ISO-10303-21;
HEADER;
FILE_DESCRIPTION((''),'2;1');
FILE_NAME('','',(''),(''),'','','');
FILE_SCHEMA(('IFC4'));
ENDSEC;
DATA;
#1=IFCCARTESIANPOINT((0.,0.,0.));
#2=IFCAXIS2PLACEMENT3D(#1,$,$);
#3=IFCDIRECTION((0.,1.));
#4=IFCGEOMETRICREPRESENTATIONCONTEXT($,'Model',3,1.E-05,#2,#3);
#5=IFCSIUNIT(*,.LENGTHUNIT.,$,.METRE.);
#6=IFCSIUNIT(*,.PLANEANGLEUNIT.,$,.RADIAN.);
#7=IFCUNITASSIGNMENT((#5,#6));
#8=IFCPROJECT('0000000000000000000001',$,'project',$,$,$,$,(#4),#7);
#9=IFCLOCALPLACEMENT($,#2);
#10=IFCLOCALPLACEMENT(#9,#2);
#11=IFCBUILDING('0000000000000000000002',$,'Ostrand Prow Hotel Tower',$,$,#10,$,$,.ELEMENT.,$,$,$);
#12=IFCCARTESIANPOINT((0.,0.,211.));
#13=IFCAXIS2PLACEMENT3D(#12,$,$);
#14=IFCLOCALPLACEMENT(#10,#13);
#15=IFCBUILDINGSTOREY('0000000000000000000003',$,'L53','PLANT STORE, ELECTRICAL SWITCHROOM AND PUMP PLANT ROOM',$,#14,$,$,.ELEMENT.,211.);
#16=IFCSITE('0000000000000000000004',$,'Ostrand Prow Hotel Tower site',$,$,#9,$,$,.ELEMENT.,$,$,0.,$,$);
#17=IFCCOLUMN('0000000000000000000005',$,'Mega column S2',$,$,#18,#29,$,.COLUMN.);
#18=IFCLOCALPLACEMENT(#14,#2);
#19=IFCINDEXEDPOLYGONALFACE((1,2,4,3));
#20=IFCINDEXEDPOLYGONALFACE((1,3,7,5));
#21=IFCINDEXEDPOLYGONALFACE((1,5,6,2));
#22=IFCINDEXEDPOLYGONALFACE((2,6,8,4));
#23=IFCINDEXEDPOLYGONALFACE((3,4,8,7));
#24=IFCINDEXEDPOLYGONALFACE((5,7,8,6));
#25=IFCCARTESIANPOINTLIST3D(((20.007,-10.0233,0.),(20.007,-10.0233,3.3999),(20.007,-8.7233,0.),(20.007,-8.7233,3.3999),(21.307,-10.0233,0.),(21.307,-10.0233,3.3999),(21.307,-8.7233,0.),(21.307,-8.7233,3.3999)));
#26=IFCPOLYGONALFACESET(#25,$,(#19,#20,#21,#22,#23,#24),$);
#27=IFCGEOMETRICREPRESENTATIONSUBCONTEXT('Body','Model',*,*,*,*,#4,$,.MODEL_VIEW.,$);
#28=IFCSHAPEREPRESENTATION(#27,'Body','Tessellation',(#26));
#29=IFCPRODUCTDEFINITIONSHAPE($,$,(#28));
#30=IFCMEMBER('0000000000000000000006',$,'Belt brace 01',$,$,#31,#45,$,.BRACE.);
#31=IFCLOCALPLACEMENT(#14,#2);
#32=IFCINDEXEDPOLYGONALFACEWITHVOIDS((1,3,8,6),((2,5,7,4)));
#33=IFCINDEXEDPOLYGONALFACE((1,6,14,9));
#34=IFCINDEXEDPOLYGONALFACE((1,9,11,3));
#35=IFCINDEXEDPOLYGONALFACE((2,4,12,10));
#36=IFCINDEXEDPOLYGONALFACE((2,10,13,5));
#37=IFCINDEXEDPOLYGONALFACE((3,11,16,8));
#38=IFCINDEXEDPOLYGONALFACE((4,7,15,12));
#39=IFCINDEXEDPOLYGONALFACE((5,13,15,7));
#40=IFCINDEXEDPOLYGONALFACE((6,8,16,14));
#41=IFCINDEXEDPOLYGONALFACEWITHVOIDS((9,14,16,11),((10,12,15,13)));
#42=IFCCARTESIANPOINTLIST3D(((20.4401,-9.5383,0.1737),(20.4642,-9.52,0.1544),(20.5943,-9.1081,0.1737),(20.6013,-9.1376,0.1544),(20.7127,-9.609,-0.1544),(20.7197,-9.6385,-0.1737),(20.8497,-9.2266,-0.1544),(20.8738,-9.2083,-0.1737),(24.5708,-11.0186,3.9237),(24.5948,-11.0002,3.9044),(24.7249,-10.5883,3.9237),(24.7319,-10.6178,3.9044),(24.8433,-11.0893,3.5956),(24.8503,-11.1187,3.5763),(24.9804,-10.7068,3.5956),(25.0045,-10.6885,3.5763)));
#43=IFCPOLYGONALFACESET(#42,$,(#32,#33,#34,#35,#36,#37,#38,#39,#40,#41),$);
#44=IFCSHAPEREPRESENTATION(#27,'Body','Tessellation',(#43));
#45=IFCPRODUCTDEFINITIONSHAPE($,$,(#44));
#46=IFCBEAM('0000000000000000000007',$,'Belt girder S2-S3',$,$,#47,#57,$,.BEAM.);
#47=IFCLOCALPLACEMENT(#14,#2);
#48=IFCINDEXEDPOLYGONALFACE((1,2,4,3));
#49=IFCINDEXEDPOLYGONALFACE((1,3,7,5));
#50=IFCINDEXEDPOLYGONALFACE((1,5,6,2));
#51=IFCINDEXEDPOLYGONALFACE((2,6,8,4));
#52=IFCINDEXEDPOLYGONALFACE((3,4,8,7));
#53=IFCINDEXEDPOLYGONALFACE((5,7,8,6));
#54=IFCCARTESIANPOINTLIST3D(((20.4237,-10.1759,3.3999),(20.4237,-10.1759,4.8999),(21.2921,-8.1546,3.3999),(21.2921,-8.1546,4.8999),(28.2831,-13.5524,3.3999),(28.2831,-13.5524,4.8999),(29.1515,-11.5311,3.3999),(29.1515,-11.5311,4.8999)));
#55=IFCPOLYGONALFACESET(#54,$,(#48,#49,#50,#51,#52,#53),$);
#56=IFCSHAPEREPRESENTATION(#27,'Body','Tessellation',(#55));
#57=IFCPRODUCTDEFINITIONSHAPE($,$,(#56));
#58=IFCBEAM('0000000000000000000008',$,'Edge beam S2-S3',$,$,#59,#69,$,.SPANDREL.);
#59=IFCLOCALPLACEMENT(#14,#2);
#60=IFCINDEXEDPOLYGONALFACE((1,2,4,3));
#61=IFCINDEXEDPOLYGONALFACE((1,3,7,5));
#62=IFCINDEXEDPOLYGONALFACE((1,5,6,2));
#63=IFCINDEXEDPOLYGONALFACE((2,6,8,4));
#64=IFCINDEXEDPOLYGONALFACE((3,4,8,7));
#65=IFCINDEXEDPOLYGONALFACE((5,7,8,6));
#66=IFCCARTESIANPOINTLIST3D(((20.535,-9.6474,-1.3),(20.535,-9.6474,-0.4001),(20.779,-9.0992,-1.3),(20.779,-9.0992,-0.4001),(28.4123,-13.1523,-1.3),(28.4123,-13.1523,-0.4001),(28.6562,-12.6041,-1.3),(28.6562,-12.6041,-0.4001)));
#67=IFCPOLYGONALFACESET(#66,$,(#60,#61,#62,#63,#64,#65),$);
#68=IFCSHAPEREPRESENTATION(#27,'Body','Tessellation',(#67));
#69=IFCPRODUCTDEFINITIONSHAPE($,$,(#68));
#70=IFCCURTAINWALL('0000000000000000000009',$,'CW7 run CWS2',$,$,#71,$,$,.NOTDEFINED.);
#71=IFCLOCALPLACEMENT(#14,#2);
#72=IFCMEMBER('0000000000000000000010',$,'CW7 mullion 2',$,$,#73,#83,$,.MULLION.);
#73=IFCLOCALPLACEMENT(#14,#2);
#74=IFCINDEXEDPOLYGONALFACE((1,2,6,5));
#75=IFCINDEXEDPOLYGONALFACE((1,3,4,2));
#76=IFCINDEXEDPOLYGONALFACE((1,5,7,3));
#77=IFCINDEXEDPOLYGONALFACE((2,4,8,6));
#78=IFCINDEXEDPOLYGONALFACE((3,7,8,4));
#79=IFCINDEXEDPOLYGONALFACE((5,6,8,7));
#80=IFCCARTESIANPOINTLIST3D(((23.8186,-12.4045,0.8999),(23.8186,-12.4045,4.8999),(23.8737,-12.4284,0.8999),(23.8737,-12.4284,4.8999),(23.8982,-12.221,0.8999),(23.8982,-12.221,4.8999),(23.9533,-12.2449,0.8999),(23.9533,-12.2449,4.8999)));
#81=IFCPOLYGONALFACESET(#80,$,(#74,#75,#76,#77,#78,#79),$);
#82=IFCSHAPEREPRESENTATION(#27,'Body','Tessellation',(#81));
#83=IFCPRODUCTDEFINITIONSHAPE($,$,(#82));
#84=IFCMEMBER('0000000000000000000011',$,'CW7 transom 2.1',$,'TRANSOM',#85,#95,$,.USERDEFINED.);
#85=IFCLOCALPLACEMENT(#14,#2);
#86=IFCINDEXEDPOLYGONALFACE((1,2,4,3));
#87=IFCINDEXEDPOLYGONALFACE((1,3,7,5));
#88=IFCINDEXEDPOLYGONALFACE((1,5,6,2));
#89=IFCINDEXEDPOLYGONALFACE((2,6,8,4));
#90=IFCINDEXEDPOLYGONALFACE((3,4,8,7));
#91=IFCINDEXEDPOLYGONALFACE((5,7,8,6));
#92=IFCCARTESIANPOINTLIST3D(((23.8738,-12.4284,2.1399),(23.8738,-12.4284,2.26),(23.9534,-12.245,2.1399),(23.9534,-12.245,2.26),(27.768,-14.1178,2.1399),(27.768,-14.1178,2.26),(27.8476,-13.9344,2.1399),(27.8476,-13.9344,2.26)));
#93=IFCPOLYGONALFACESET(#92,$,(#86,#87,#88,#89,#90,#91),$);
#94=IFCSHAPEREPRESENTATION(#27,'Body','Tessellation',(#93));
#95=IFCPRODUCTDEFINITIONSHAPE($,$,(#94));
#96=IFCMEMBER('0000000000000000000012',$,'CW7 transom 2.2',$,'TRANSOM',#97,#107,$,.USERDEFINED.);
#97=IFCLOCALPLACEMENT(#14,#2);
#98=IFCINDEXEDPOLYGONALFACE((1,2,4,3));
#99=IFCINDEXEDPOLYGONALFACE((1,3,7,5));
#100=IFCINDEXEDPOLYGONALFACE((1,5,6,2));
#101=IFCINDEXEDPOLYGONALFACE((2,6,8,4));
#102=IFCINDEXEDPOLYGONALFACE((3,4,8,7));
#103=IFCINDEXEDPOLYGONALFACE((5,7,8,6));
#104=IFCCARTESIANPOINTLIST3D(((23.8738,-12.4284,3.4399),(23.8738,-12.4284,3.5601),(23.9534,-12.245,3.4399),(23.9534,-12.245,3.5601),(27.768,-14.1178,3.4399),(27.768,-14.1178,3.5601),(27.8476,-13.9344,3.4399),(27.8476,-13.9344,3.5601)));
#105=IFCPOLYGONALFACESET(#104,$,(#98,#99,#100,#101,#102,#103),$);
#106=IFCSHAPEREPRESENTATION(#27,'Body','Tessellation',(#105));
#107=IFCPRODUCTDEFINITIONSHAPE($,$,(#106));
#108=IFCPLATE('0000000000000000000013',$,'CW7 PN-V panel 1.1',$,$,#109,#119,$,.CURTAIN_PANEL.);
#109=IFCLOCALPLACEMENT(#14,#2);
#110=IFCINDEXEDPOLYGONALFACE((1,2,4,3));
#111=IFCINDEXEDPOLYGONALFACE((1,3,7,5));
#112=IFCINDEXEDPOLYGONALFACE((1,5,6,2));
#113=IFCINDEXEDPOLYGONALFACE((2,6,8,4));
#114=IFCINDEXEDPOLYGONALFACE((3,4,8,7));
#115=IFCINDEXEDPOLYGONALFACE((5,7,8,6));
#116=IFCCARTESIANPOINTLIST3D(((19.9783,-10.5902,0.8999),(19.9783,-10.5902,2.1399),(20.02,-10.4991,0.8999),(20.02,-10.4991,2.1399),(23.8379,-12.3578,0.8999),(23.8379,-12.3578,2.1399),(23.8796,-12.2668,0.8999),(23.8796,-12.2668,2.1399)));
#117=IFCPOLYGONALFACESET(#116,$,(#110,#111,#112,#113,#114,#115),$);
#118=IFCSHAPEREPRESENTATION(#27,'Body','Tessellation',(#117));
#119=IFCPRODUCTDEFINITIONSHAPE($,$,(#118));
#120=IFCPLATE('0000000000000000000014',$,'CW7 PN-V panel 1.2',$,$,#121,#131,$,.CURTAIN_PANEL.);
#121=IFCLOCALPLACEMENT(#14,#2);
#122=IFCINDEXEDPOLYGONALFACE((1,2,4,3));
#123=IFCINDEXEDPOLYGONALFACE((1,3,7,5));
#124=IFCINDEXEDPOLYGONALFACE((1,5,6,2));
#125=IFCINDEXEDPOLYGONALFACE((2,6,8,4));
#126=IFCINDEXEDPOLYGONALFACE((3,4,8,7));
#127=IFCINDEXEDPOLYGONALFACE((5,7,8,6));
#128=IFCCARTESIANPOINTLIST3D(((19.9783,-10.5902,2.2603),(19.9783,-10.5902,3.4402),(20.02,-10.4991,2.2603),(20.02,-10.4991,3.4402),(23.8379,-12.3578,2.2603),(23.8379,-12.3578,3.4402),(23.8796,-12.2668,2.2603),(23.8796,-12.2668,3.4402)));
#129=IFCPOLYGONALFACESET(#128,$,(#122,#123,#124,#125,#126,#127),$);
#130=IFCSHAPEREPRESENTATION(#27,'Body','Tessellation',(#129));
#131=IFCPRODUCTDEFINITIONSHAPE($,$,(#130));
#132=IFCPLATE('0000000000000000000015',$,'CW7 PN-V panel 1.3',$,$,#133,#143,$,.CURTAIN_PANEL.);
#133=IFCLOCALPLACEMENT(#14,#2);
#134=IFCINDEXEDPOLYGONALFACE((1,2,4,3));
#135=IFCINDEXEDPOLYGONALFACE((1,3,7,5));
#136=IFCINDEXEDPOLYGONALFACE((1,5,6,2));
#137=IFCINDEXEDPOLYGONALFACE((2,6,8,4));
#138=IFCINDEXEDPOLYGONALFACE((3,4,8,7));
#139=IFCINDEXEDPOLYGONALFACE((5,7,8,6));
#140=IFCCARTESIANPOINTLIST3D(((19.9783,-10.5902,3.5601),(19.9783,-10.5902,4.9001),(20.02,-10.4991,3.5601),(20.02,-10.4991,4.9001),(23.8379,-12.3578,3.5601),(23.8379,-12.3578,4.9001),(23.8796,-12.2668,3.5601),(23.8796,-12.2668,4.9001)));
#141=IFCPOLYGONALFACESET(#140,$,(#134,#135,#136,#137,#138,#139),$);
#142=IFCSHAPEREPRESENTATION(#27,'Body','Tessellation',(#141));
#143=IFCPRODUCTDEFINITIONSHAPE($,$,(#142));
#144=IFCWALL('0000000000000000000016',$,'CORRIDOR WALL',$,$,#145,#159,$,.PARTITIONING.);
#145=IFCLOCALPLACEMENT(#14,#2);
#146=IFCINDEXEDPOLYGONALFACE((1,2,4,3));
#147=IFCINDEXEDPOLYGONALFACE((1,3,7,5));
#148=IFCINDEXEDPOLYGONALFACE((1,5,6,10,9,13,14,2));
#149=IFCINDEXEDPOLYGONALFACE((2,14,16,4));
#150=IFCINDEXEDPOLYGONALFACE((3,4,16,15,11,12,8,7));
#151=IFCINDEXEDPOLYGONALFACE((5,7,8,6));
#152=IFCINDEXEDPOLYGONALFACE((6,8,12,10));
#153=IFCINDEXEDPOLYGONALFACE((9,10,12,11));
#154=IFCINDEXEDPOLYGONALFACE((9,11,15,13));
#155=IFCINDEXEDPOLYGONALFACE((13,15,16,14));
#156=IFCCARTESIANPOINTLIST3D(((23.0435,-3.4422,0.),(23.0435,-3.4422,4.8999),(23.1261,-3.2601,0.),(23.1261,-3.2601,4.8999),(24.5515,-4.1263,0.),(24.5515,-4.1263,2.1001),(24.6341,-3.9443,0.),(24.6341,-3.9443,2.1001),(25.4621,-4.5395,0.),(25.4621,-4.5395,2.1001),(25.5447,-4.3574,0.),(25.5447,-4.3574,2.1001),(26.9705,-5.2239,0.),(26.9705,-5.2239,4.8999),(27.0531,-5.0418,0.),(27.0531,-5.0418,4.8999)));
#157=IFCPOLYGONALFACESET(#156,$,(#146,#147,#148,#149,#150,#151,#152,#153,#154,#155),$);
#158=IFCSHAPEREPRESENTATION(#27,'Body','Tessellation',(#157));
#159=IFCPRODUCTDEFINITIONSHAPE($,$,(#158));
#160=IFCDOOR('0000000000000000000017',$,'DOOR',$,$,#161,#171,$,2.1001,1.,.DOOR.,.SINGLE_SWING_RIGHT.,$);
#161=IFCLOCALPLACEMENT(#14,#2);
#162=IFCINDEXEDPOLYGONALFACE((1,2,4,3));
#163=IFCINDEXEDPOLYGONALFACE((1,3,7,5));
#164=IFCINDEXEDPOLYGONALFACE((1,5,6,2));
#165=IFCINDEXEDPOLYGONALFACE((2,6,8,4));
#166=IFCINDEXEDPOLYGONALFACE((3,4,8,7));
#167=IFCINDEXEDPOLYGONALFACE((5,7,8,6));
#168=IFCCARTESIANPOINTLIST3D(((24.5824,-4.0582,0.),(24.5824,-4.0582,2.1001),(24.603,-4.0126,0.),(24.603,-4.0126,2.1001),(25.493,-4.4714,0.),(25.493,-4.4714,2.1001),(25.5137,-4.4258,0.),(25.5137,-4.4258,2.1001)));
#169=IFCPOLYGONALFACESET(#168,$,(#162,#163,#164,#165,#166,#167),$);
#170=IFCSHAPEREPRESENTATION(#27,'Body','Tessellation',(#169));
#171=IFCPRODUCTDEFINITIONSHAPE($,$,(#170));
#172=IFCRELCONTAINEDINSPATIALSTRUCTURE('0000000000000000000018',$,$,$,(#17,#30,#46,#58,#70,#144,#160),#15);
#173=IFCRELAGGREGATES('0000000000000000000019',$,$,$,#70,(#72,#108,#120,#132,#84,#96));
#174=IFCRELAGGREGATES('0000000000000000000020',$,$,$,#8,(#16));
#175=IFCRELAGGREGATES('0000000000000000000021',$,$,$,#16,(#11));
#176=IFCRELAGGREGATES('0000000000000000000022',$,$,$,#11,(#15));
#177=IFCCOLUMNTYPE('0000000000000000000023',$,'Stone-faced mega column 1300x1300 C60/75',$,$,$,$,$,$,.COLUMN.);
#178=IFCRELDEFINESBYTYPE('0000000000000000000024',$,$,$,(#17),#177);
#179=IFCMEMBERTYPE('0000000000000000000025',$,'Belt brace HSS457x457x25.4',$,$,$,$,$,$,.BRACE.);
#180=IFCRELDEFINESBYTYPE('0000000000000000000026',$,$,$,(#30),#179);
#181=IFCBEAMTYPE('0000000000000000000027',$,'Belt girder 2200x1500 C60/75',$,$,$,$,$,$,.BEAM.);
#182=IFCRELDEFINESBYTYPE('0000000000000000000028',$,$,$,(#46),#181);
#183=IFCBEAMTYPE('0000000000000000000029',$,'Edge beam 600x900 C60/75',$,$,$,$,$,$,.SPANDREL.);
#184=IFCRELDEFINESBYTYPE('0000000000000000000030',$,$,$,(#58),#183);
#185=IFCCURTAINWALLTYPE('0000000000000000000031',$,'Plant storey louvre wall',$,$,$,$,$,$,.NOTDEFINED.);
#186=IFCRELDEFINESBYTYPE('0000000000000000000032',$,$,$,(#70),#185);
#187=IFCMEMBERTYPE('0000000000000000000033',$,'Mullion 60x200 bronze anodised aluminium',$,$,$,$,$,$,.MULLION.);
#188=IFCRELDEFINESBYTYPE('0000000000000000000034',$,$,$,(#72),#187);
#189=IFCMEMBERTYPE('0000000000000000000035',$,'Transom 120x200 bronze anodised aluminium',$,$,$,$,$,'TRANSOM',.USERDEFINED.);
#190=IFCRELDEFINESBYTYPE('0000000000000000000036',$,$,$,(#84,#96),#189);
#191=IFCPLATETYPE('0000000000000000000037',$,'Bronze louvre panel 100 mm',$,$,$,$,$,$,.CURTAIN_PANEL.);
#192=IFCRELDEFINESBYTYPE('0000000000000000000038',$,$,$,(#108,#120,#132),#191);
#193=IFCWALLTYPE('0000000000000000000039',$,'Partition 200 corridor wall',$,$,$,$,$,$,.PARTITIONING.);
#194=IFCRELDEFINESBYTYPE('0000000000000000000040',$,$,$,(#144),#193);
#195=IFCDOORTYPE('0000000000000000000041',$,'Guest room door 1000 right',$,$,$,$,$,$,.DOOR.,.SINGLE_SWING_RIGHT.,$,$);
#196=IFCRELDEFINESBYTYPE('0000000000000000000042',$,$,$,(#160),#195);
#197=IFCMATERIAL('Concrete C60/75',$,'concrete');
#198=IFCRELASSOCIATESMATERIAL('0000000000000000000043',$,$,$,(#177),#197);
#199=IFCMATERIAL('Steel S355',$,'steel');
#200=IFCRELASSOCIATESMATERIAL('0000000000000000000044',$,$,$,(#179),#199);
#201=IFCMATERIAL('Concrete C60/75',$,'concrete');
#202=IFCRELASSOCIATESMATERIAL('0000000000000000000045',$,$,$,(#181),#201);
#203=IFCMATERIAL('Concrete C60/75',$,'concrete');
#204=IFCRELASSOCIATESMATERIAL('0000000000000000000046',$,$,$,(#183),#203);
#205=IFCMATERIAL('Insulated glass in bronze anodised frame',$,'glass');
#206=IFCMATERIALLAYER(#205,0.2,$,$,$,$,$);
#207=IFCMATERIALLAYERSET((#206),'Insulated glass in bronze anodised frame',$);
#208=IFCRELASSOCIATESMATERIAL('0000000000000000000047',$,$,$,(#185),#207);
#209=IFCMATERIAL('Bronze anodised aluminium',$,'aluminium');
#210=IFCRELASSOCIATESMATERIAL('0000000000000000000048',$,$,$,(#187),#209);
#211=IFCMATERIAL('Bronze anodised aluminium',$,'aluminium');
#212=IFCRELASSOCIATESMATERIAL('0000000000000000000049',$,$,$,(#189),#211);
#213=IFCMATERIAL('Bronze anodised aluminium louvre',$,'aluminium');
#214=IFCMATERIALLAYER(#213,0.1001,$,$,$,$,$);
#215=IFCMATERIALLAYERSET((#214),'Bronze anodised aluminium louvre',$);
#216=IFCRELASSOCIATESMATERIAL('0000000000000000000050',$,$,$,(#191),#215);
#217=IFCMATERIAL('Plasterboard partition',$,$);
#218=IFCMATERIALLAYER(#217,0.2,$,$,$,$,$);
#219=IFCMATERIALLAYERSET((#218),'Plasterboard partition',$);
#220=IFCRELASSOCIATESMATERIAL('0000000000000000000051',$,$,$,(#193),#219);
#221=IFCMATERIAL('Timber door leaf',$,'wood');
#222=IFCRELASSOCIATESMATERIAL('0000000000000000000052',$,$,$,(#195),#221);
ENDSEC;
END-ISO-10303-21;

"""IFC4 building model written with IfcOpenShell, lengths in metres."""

from ifc_helpers import new_model, si_unit, direction, frame, frame_2d, origin, origin_2d, place, context, subcontext, project, spatial, rectangle, hollow_rectangle, extrude, material, layer, layer_set, material_profile, profile_set, type_object, element, fill, aggregate, save


model = new_model("IFC4")

# Units and contexts
model_context = context("Model", 3, precision=1e-05, world=origin(), true_north=direction((0.0, 1.0)))
body_context = subcontext(model_context, "Body", "Model", "MODEL_VIEW")
ifc_project = project(units=[si_unit("LENGTHUNIT", "METRE"), si_unit("PLANEANGLEUNIT", "RADIAN")], contexts=[model_context])

# Site, building, storey
site_placement = place(None, origin())
site = spatial("IfcSite", under=ifc_project, at=site_placement, Name="Ostrand Prow Hotel Tower site", CompositionType="ELEMENT", RefElevation=0.0)
building_placement = place(site_placement, origin())
building = spatial("IfcBuilding", under=site, at=building_placement, Name="Ostrand Prow Hotel Tower", CompositionType="ELEMENT")
storey_placement = place(building_placement, frame((0.0, 0.0, 211.0)))
storey = spatial("IfcBuildingStorey", under=building, at=storey_placement, Name="L53", Description="PLANT STORE, ELECTRICAL SWITCHROOM AND PUMP PLANT ROOM", CompositionType="ELEMENT", Elevation=211.0)

# Column
ifc_material_1 = material(Name="Concrete C60/75", Category="concrete")
ifc_material_profile_1 = material_profile(ifc_material_1, rectangle(XDim=1.3, YDim=1.3, at=origin_2d()), Name="RC 1300x1300")
ifc_profile_set_1 = profile_set([ifc_material_profile_1], Name="Concrete C60/75")
column_type = type_object("IfcColumnType", Name="Stone-faced mega column 1300x1300 C60/75", PredefinedType="COLUMN", material=ifc_profile_set_1)
column_placement = place(storey_placement, frame((20.657, -9.3733, 0.0), z_axis=(0.0, 0.0, 1.0), x_axis=(1.0, 0.0, 0.0)))
element("IfcColumn", 1, at=column_placement, inside=storey, type_object=column_type, Name="Mega column S2", PredefinedType="COLUMN", context=body_context, shape_type="SweptSolid", body=[
    extrude(rectangle(XDim=1.3, YDim=1.3, at=origin_2d()), origin(), (0.0, 0.0, 1.0), 3.3999),
])

# Member
ifc_material_2 = material(Name="Steel S355", Category="steel")
ifc_material_profile_2 = material_profile(ifc_material_2, hollow_rectangle(XDim=0.457, YDim=0.457, WallThickness=0.0254, at=origin_2d()), Name="HSS457x457x25.4")
ifc_profile_set_2 = profile_set([ifc_material_profile_2], Name="Steel S355")
member_type_1 = type_object("IfcMemberType", Name="Belt brace HSS457x457x25.4", PredefinedType="BRACE", material=ifc_profile_set_2)
member_1_placement = place(storey_placement, frame((20.657, -9.3733, 0.0), z_axis=(0.715634, -0.256451, 0.649692), x_axis=(0.337348, 0.94138, 0.0)))
element("IfcMember", 2, at=member_1_placement, inside=storey, type_object=member_type_1, Name="Belt brace 01", PredefinedType="BRACE", context=body_context, shape_type="SweptSolid", body=[
    extrude(hollow_rectangle(XDim=0.457, YDim=0.457, WallThickness=0.0254, at=origin_2d()), origin(), (0.0, 0.0, 1.0), 5.772),
])

# Beams
ifc_material_3 = material(Name="Concrete C60/75", Category="concrete")
ifc_material_profile_3 = material_profile(ifc_material_3, rectangle(XDim=2.2, YDim=1.5, at=origin_2d()), Name="RC 2200x1500")
ifc_profile_set_3 = profile_set([ifc_material_profile_3], Name="Concrete C60/75")
beam_type_1 = type_object("IfcBeamType", Name="Belt girder 2200x1500 C60/75", PredefinedType="BEAM", material=ifc_profile_set_3)
beam_1_placement = place(storey_placement, frame((20.8579, -9.1653, 4.1499), z_axis=(0.918799, -0.394725, 0.0), x_axis=(0.394725, 0.918799, 0.0)))
element("IfcBeam", 3, at=beam_1_placement, inside=storey, type_object=beam_type_1, Name="Belt girder S2-S3", PredefinedType="BEAM", context=body_context, shape_type="SweptSolid", body=[
    extrude(rectangle(XDim=2.2, YDim=1.5, at=origin_2d()), origin(), (0.0, 0.0, 1.0), 8.554),
])
ifc_material_4 = material(Name="Concrete C60/75", Category="concrete")
ifc_material_profile_4 = material_profile(ifc_material_4, rectangle(XDim=0.6001, YDim=0.8999, at=origin_2d()), Name="RC 600x900")
ifc_profile_set_4 = profile_set([ifc_material_profile_4], Name="Concrete C60/75")
beam_type_2 = type_object("IfcBeamType", Name="Edge beam 600x900 C60/75", PredefinedType="SPANDREL", material=ifc_profile_set_4)
beam_2_placement = place(storey_placement, frame((20.657, -9.3733, -0.8501), z_axis=(0.913643, -0.406517, 0.0), x_axis=(0.406517, 0.913643, 0.0)))
element("IfcBeam", 4, at=beam_2_placement, inside=storey, type_object=beam_type_2, Name="Edge beam S2-S3", PredefinedType="SPANDREL", context=body_context, shape_type="SweptSolid", body=[
    extrude(rectangle(XDim=0.6001, YDim=0.8999, at=origin_2d()), origin(), (0.0, 0.0, 1.0), 8.6218),
])

# Curtain wall, members, plates
ifc_material_5 = material(Name="Insulated glass in bronze anodised frame", Category="glass")
ifc_layer_1 = layer(ifc_material_5, 0.2)
ifc_layer_set_1 = layer_set([ifc_layer_1], Name="Insulated glass in bronze anodised frame")
curtain_wall_type = type_object("IfcCurtainWallType", Name="Plant storey louvre wall", PredefinedType="NOTDEFINED", material=ifc_layer_set_1)
curtain_wall_placement = place(storey_placement, origin())
curtain_wall = element("IfcCurtainWall", 5, at=curtain_wall_placement, inside=storey, type_object=curtain_wall_type, Name="CW7 run CWS2", PredefinedType="NOTDEFINED")
ifc_material_6 = material(Name="Bronze anodised aluminium", Category="aluminium")
ifc_material_profile_5 = material_profile(ifc_material_6, rectangle(XDim=0.2, YDim=0.0601, at=origin_2d()), Name="Mullion 60x200 bronze anodised aluminium")
ifc_profile_set_5 = profile_set([ifc_material_profile_5], Name="Bronze anodised aluminium")
member_type_2 = type_object("IfcMemberType", Name="Mullion 60x200 bronze anodised aluminium", PredefinedType="MULLION", material=ifc_profile_set_5)
member_2_placement = place(storey_placement, frame((23.886, -12.3247, 0.8999), z_axis=(0.0, 0.0, 1.0), x_axis=(0.398005, 0.917383, 0.0)))
member_2 = element("IfcMember", 6, at=member_2_placement, type_object=member_type_2, Name="CW7 mullion 2", PredefinedType="MULLION", context=body_context, shape_type="SweptSolid", body=[
    extrude(rectangle(XDim=0.2, YDim=0.0601, at=origin_2d()), origin(), (0.0, 0.0, 1.0), 4.0),
])
ifc_material_7 = material(Name="Bronze anodised aluminium", Category="aluminium")
ifc_material_profile_6 = material_profile(ifc_material_7, rectangle(XDim=0.2, YDim=0.1201, at=origin_2d()), Name="Transom 120x200 bronze anodised aluminium")
ifc_profile_set_6 = profile_set([ifc_material_profile_6], Name="Bronze anodised aluminium")
member_type_3 = type_object("IfcMemberType", Name="Transom 120x200 bronze anodised aluminium", ElementType="TRANSOM", PredefinedType="USERDEFINED", material=ifc_profile_set_6)
member_3_placement = place(storey_placement, frame((23.9136, -12.3367, 2.2), z_axis=(0.91739, -0.39799, 0.0), x_axis=(0.39799, 0.91739, 0.0)))
member_3 = element("IfcMember", 7, at=member_3_placement, type_object=member_type_3, Name="CW7 transom 2.1", ObjectType="TRANSOM", PredefinedType="USERDEFINED", context=body_context, shape_type="SweptSolid", body=[
    extrude(rectangle(XDim=0.2, YDim=0.1201, at=origin_2d()), origin(), (0.0, 0.0, 1.0), 4.2449),
])
member_4_placement = place(storey_placement, frame((23.9136, -12.3367, 3.5), z_axis=(0.91739, -0.39799, 0.0), x_axis=(0.39799, 0.91739, 0.0)))
member_4 = element("IfcMember", 8, at=member_4_placement, type_object=member_type_3, Name="CW7 transom 2.2", ObjectType="TRANSOM", PredefinedType="USERDEFINED", context=body_context, shape_type="SweptSolid", body=[
    extrude(rectangle(XDim=0.2, YDim=0.1201, at=origin_2d()), origin(), (0.0, 0.0, 1.0), 4.2449),
])
ifc_material_8 = material(Name="Bronze anodised aluminium louvre", Category="aluminium")
ifc_layer_2 = layer(ifc_material_8, 0.1001)
ifc_layer_set_2 = layer_set([ifc_layer_2], Name="Bronze anodised aluminium louvre")
plate_type = type_object("IfcPlateType", Name="Bronze louvre panel 100 mm", PredefinedType="CURTAIN_PANEL", material=ifc_layer_set_2)
plate_1_placement = place(storey_placement, frame((21.929, -11.4285, 0.8999), z_axis=(0.0, 0.0, 1.0), x_axis=(0.909185, -0.416393, 0.0)))
plate_1 = element("IfcPlate", 9, at=plate_1_placement, type_object=plate_type, Name="CW7 PN-V panel 1.1", PredefinedType="CURTAIN_PANEL", context=body_context, shape_type="SweptSolid", body=[
    extrude(rectangle(XDim=4.2451, YDim=0.1001, at=origin_2d()), origin(), (0.0, 0.0, 1.0), 1.24),
])
plate_2_placement = place(storey_placement, frame((21.929, -11.4285, 2.2603), z_axis=(0.0, 0.0, 1.0), x_axis=(0.909185, -0.416393, 0.0)))
plate_2 = element("IfcPlate", 10, at=plate_2_placement, type_object=plate_type, Name="CW7 PN-V panel 1.2", PredefinedType="CURTAIN_PANEL", context=body_context, shape_type="SweptSolid", body=[
    extrude(rectangle(XDim=4.2451, YDim=0.1001, at=origin_2d()), origin(), (0.0, 0.0, 1.0), 1.1799),
])
plate_3_placement = place(storey_placement, frame((21.929, -11.4285, 3.5601), z_axis=(0.0, 0.0, 1.0), x_axis=(0.909185, -0.416393, 0.0)))
plate_3 = element("IfcPlate", 11, at=plate_3_placement, type_object=plate_type, Name="CW7 PN-V panel 1.3", PredefinedType="CURTAIN_PANEL", context=body_context, shape_type="SweptSolid", body=[
    extrude(rectangle(XDim=4.2451, YDim=0.1001, at=origin_2d()), origin(), (0.0, 0.0, 1.0), 1.3401),
])
aggregate(curtain_wall, [member_2, plate_1, plate_2, plate_3, member_3, member_4])

# Wall, opening, door
ifc_material_9 = material(Name="Plasterboard partition")
ifc_layer_3 = layer(ifc_material_9, 0.2)
ifc_layer_set_3 = layer_set([ifc_layer_3], Name="Plasterboard partition")
wall_type_1 = type_object("IfcWallType", Name="Partition 200 corridor wall", PredefinedType="PARTITIONING", material=ifc_layer_set_3)
wall_1_placement = place(storey_placement, frame((23.0847, -3.3511, 0.0), z_axis=(0.0, 0.0, 1.0), x_axis=(0.910651, -0.413176, 0.0)))
wall_1 = element("IfcWall", 12, at=wall_1_placement, inside=storey, type_object=wall_type_1, Name="CORRIDOR WALL", PredefinedType="PARTITIONING", context=body_context, shape_type="SweptSolid", body=[
    extrude(rectangle(XDim=4.3123, YDim=0.2, at=frame_2d((2.1562, 0.0))), origin(), (0.0, 0.0, 1.0), 4.8999),
])
opening_placement = place(wall_1_placement, frame((1.656, 0.0, 0.0)))
opening = element("IfcOpeningElement", 13, at=opening_placement, cuts=wall_1, PredefinedType="OPENING", context=body_context, shape_type="SweptSolid", body=[
    extrude(rectangle(XDim=1.0, YDim=2.1001, at=frame_2d((0.5, 1.05))), frame((0.0, 0.1099, 0.0), z_axis=(0.0, -1.0, 0.0), x_axis=(1.0, 0.0, 0.0)), (0.0, 0.0, 1.0), 0.22),
])
ifc_material_10 = material(Name="Timber door leaf", Category="wood")
door_type = type_object("IfcDoorType", Name="Guest room door 1000 right", OperationType="SINGLE_SWING_RIGHT", PredefinedType="DOOR", material=ifc_material_10)
door_placement = place(opening_placement, origin())
door = element("IfcDoor", 14, at=door_placement, inside=storey, type_object=door_type, Name="DOOR", OperationType="SINGLE_SWING_RIGHT", OverallHeight=2.1001, OverallWidth=1.0, PredefinedType="DOOR", context=body_context, shape_type="SweptSolid", body=[
    extrude(rectangle(XDim=1.0, YDim=2.1001, at=frame_2d((0.5, 1.05))), frame((0.0, 0.0249, 0.0), z_axis=(0.0, -1.0, 0.0), x_axis=(1.0, 0.0, 0.0)), (0.0, 0.0, 1.0), 0.05),
])
fill(opening, door)

save(model, "model.ifc")
